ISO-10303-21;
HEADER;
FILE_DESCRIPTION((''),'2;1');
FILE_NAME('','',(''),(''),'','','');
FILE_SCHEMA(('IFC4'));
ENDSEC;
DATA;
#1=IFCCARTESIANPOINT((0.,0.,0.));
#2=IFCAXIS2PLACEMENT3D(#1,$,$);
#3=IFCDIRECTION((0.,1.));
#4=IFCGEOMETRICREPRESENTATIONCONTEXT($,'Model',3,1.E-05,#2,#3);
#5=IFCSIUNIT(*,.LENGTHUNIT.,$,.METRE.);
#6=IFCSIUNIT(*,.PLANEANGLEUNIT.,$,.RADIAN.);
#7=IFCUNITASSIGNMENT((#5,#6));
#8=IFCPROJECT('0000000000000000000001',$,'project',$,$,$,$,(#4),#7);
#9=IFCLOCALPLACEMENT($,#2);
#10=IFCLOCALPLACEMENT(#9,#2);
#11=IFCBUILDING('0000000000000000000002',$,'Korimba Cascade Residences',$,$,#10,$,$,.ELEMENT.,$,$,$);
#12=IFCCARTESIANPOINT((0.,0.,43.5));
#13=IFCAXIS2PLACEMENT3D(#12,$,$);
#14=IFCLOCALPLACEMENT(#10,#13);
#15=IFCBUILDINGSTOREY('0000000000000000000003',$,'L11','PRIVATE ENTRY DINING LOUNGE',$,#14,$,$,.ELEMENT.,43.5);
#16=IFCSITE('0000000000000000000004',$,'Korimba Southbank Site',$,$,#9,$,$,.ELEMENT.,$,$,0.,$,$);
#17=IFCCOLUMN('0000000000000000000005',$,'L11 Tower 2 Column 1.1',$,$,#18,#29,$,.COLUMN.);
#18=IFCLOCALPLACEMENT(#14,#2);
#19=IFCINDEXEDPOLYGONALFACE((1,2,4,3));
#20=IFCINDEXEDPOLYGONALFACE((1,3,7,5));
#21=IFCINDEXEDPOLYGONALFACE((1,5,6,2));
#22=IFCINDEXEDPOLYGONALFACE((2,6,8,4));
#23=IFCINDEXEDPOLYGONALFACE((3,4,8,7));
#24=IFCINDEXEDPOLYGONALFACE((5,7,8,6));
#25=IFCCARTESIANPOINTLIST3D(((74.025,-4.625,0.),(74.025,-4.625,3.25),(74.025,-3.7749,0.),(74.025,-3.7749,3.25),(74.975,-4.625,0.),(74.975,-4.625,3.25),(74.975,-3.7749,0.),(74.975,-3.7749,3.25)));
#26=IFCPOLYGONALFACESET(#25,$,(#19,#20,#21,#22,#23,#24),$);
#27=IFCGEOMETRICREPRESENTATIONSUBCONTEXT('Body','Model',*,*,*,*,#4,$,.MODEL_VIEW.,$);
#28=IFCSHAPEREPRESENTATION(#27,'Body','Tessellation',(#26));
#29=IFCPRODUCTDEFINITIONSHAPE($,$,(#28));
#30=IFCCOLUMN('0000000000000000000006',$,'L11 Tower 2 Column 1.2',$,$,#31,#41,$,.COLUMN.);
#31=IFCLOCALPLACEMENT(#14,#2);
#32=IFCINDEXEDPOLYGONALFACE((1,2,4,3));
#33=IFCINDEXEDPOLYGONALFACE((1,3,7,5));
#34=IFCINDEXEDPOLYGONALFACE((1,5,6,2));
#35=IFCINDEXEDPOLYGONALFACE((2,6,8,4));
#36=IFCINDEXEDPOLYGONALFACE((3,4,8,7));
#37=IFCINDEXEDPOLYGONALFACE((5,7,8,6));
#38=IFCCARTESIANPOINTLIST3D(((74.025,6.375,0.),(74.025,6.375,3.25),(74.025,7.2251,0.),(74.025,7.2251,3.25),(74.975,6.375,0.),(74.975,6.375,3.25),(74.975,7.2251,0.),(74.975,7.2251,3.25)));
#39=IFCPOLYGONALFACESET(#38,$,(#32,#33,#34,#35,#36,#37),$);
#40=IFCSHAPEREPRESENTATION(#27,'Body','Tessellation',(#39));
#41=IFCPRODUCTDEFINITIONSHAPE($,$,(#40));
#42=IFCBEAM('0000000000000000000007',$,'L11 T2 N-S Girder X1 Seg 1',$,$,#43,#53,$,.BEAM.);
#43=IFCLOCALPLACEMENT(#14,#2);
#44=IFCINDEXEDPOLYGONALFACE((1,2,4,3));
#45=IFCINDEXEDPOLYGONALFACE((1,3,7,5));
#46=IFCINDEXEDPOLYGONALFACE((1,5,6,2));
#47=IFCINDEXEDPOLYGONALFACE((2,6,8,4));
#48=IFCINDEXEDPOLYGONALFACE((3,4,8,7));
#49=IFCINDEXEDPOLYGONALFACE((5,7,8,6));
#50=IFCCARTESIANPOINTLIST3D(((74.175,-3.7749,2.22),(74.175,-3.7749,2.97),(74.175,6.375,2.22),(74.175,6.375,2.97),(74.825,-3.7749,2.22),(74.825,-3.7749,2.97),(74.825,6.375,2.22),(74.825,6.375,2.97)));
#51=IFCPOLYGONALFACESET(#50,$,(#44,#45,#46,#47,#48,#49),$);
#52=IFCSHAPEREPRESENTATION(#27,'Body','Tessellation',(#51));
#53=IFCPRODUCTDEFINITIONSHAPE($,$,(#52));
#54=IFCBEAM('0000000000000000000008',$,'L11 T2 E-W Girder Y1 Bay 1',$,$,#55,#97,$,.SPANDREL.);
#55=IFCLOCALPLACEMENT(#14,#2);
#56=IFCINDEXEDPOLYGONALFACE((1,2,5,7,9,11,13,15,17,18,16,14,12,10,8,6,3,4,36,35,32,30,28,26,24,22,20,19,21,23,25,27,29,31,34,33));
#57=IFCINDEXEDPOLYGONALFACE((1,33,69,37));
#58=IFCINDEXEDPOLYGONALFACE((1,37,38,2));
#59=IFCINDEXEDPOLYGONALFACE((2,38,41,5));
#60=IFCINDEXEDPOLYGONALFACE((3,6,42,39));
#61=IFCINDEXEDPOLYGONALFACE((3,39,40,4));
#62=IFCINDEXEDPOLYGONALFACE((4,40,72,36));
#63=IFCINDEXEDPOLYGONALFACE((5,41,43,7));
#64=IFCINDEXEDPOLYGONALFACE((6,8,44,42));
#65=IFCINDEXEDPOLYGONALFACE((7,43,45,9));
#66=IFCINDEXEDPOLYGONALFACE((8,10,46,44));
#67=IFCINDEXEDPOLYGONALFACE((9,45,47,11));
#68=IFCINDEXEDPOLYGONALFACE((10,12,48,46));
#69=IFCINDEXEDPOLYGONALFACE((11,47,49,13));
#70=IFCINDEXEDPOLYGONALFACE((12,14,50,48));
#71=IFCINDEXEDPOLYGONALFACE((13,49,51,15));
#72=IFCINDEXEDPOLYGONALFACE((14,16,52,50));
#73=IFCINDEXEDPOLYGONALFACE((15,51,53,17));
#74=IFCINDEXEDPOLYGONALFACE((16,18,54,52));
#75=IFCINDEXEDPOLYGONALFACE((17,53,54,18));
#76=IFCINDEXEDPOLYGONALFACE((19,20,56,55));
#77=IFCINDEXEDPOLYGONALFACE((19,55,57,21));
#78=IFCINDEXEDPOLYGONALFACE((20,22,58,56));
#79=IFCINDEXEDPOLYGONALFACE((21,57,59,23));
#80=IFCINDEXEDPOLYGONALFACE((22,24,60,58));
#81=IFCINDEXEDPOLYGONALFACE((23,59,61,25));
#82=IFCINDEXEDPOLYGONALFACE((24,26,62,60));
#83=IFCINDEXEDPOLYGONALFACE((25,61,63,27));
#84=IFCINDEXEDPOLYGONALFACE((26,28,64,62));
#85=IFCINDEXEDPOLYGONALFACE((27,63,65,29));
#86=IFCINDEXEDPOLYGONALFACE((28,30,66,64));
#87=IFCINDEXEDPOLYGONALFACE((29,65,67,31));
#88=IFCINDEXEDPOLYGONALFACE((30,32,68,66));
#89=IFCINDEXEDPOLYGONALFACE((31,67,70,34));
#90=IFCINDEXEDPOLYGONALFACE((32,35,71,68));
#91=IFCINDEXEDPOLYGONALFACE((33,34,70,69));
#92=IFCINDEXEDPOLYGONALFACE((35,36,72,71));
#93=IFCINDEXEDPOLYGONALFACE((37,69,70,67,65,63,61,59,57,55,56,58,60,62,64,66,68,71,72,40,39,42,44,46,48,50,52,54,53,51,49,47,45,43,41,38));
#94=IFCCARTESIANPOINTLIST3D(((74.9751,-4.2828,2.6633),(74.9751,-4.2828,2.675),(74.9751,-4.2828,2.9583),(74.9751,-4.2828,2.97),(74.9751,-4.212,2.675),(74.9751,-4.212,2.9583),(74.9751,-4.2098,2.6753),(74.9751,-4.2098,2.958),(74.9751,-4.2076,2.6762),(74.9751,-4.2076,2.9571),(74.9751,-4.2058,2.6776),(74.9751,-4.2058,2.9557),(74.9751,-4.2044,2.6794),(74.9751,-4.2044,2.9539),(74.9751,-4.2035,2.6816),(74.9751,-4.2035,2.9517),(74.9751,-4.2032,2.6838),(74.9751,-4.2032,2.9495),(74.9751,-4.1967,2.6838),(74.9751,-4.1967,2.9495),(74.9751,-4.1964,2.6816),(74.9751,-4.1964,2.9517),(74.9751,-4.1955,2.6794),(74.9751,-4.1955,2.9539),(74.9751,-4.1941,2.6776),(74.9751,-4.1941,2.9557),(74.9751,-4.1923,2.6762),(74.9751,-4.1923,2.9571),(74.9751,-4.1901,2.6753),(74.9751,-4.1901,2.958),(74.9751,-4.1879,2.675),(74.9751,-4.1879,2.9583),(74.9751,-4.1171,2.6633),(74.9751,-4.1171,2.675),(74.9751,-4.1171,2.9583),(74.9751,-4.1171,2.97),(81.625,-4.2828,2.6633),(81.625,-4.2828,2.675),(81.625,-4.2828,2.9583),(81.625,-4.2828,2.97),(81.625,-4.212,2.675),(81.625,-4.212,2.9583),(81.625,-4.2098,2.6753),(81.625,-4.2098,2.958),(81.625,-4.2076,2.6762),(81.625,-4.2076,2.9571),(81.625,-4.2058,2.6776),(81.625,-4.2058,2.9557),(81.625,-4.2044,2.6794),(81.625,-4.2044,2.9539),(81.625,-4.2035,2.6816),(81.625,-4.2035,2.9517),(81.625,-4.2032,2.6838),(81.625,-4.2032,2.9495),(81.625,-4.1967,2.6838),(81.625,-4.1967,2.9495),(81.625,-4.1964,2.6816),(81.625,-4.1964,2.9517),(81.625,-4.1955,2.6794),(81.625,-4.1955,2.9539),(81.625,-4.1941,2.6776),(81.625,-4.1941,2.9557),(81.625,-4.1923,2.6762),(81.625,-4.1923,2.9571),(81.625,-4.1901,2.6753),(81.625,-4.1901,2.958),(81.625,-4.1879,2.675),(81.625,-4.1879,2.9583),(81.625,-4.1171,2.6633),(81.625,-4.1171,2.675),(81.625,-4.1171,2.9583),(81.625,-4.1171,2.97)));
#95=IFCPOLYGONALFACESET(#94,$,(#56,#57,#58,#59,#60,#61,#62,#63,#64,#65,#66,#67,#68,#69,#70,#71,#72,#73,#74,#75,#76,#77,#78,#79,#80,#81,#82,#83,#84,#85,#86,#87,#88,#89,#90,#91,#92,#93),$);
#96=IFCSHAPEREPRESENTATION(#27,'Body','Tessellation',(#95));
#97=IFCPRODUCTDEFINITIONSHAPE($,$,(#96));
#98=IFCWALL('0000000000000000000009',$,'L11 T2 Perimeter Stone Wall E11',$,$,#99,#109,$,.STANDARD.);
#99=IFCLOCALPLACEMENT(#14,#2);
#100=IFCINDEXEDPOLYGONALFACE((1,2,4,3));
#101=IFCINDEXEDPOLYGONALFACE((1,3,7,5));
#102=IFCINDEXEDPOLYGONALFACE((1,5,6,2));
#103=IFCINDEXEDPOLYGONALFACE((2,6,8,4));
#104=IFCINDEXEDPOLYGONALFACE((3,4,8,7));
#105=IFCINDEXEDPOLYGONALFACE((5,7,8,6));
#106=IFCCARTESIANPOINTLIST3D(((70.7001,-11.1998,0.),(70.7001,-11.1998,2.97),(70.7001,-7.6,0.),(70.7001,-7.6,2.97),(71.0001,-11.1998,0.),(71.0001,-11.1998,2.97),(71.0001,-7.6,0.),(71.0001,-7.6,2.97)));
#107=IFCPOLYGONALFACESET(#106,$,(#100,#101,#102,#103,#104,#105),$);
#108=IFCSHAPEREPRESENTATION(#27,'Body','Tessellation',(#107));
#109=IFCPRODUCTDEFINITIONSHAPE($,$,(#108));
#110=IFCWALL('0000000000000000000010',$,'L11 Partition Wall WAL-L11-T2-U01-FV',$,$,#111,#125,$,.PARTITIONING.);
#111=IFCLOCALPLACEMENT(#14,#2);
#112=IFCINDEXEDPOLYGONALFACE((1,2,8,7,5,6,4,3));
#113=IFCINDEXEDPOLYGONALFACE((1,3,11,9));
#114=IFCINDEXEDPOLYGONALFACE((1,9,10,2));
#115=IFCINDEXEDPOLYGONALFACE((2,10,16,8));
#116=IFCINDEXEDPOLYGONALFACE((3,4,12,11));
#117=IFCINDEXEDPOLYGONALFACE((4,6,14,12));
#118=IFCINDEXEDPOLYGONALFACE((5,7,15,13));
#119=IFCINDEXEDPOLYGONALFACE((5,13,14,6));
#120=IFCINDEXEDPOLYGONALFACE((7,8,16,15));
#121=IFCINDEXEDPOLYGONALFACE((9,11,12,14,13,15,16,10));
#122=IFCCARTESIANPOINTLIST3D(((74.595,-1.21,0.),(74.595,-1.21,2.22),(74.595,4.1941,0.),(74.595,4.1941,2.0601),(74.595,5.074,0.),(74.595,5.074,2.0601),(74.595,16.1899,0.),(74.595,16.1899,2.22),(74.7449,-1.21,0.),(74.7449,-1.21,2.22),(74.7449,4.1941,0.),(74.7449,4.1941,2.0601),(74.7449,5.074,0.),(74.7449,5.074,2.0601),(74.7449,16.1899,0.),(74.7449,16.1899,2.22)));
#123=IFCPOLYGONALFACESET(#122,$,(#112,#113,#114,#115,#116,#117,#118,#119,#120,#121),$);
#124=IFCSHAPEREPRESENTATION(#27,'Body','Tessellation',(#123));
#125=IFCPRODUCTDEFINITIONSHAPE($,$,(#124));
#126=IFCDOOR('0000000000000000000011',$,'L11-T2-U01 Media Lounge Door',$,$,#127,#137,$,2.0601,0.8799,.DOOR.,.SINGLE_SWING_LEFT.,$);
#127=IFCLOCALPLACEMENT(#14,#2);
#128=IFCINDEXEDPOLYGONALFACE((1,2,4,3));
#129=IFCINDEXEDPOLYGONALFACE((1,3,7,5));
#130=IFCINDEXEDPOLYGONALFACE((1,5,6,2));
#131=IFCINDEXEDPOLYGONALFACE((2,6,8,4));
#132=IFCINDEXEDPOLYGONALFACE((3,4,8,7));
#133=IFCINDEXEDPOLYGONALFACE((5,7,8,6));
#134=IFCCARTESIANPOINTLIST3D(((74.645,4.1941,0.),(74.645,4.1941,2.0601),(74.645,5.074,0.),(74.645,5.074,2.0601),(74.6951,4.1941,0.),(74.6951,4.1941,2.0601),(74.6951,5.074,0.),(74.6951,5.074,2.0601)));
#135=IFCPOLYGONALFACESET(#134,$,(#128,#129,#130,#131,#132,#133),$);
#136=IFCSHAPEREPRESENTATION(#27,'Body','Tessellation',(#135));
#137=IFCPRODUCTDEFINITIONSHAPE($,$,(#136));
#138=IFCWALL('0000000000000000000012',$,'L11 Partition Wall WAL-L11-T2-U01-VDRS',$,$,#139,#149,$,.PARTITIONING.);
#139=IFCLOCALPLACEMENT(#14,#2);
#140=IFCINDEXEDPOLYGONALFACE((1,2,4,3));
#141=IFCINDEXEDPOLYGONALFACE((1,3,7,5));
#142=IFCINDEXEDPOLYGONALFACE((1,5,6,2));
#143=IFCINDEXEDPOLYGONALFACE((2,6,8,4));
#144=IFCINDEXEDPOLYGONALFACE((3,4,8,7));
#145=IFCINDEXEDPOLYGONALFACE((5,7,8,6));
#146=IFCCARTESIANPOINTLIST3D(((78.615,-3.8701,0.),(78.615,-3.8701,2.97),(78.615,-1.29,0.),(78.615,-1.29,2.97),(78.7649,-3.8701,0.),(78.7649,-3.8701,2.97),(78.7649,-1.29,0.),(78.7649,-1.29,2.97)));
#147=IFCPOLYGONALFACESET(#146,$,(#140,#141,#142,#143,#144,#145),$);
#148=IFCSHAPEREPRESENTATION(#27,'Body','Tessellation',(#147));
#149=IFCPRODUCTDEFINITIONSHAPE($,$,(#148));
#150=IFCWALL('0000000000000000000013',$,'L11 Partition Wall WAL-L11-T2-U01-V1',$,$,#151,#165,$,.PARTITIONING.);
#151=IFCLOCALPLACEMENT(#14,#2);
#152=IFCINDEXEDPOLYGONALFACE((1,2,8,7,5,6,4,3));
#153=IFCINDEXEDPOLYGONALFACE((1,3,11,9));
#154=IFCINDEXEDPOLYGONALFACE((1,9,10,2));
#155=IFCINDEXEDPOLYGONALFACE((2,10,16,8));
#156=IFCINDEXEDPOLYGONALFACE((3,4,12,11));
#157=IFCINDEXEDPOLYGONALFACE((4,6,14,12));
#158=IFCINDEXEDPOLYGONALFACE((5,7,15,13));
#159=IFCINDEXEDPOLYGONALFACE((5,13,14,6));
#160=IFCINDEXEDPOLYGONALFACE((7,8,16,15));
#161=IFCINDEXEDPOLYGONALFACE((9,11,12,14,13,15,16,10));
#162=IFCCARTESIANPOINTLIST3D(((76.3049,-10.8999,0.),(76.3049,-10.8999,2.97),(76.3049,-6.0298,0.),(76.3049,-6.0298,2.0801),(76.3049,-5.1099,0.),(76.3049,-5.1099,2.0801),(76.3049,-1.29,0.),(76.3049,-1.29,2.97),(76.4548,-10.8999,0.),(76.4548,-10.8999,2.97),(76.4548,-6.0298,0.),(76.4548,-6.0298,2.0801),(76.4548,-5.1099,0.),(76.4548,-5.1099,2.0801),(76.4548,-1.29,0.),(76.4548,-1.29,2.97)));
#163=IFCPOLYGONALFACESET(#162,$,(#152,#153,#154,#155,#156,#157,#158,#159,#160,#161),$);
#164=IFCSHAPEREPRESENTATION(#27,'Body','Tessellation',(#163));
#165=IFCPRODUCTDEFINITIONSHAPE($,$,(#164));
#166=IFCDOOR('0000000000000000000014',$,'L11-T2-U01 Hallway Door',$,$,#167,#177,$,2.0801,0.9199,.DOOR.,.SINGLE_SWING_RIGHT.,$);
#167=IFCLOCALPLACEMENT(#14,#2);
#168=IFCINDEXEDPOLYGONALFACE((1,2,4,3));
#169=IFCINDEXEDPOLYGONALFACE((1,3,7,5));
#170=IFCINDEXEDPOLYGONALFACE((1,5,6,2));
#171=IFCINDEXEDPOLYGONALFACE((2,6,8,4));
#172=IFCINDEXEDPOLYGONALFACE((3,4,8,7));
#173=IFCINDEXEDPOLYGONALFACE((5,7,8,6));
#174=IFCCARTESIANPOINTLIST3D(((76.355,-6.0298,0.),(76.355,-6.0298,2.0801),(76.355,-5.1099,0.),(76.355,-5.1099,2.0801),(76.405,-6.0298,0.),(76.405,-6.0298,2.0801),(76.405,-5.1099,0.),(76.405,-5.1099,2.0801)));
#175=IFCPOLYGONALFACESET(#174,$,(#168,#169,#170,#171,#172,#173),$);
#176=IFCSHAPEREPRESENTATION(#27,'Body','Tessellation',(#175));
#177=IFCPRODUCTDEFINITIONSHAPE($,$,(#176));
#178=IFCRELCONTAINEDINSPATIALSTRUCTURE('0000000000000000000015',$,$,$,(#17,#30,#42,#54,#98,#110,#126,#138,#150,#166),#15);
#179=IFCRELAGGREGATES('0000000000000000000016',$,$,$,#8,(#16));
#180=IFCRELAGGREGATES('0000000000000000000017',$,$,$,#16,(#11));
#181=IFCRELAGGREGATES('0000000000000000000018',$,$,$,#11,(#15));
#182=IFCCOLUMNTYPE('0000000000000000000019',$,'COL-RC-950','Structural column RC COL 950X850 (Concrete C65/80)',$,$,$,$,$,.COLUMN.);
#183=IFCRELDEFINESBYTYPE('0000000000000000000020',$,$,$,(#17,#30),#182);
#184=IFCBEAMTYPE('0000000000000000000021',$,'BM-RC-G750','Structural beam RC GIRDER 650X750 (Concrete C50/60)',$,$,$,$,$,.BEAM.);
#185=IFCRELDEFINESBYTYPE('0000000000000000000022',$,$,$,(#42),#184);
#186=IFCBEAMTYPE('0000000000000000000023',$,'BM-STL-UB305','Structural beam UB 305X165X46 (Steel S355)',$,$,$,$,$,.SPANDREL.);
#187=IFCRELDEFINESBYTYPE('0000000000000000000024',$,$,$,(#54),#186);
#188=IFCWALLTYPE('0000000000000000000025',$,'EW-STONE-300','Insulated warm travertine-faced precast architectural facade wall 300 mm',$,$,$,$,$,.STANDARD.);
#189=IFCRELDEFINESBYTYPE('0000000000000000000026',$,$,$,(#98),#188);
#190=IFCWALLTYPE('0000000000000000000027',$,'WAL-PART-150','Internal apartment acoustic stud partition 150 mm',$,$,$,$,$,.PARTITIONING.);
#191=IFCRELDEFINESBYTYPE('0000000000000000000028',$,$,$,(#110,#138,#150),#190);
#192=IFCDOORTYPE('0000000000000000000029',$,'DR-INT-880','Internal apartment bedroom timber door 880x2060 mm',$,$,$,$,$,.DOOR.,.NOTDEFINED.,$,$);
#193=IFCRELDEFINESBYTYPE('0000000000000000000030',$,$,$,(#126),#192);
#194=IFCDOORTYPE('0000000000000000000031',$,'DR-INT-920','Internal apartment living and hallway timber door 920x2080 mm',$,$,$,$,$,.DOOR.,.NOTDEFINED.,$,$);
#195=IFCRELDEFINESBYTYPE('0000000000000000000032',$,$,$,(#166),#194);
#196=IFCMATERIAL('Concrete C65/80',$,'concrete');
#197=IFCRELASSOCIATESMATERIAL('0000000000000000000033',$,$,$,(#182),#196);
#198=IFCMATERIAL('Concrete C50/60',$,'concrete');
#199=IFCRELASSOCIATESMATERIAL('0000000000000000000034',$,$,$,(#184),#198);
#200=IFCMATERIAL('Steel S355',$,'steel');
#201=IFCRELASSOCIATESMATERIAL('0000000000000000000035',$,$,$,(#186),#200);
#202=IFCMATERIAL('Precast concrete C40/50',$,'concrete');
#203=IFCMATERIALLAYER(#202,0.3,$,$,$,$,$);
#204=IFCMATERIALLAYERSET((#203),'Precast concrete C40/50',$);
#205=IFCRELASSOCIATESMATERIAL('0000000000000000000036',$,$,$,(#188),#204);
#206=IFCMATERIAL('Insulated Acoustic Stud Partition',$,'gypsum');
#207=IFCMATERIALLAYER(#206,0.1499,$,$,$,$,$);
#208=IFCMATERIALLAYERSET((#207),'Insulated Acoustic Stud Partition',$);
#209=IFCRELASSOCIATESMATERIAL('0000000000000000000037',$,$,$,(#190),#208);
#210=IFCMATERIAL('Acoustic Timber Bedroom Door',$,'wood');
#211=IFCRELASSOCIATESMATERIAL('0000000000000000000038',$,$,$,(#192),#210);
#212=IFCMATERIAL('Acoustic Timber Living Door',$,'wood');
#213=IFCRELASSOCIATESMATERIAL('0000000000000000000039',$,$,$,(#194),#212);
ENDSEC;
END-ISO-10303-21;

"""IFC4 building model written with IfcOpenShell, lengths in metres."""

from ifc_helpers import new_model, si_unit, direction, frame, frame_2d, origin, origin_2d, place, context, subcontext, project, spatial, rectangle, i_section, extrude, material, layer, layer_set, material_profile, profile_set, type_object, element, fill, save


model = new_model("IFC4")

# Units and contexts
model_context = context("Model", 3, precision=1e-05, world=origin(), true_north=direction((0.0, 1.0)))
body_context = subcontext(model_context, "Body", "Model", "MODEL_VIEW")
ifc_project = project(units=[si_unit("LENGTHUNIT", "METRE"), si_unit("PLANEANGLEUNIT", "RADIAN")], contexts=[model_context])

# Site, building, storey
site_placement = place(None, origin())
site = spatial("IfcSite", under=ifc_project, at=site_placement, Name="Korimba Southbank Site", CompositionType="ELEMENT", RefElevation=0.0)
building_placement = place(site_placement, origin())
building = spatial("IfcBuilding", under=site, at=building_placement, Name="Korimba Cascade Residences", CompositionType="ELEMENT")
storey_placement = place(building_placement, frame((0.0, 0.0, 43.5)))
storey = spatial("IfcBuildingStorey", under=building, at=storey_placement, Name="L11", Description="PRIVATE ENTRY DINING LOUNGE", CompositionType="ELEMENT", Elevation=43.5)

# Columns
ifc_material_1 = material(Name="Concrete C65/80", Category="concrete")
ifc_material_profile_1 = material_profile(ifc_material_1, rectangle(XDim=0.95, YDim=0.8501, at=origin_2d()), Name="Concrete C65/80")
ifc_profile_set_1 = profile_set([ifc_material_profile_1], Name="Concrete C65/80")
column_type = type_object("IfcColumnType", Name="COL-RC-950", Description="Structural column RC COL 950X850 (Concrete C65/80)", PredefinedType="COLUMN", material=ifc_profile_set_1)
for number, where, z_axis, x_axis, name in (
    (1, (74.5, -4.2, 0.0), (0.0, 0.0, 1.0), (1.0, 0.0, 0.0), "L11 Tower 2 Column 1.1"),
    (2, (74.5, 6.8, 0.0), (0.0, 0.0, 1.0), (1.0, 0.0, 0.0), "L11 Tower 2 Column 1.2"),
):
    element("IfcColumn", number, at=place(storey_placement, frame(where, z_axis=z_axis, x_axis=x_axis)), inside=storey, type_object=column_type, Name=name, PredefinedType="COLUMN", context=body_context, shape_type="SweptSolid", body=[
        extrude(rectangle(XDim=0.95, YDim=0.8501, at=origin_2d()), origin(), (0.0, 0.0, 1.0), 3.25),
    ])

# Beams
ifc_material_2 = material(Name="Concrete C50/60", Category="concrete")
ifc_material_profile_2 = material_profile(ifc_material_2, rectangle(XDim=0.6499, YDim=0.75, at=origin_2d()), Name="Concrete C50/60")
ifc_profile_set_2 = profile_set([ifc_material_profile_2], Name="Concrete C50/60")
beam_type_1 = type_object("IfcBeamType", Name="BM-RC-G750", Description="Structural beam RC GIRDER 650X750 (Concrete C50/60)", PredefinedType="BEAM", material=ifc_profile_set_2)
beam_1_placement = place(storey_placement, frame((74.5, -3.7749, 2.595), z_axis=(0.0, 1.0, 0.0), x_axis=(-1.0, 0.0, 0.0)))
element("IfcBeam", 3, at=beam_1_placement, inside=storey, type_object=beam_type_1, Name="L11 T2 N-S Girder X1 Seg 1", PredefinedType="BEAM", context=body_context, shape_type="SweptSolid", body=[
    extrude(rectangle(XDim=0.6499, YDim=0.75, at=origin_2d()), origin(), (0.0, 0.0, 1.0), 10.1499),
])
ifc_material_3 = material(Name="Steel S355", Category="steel")
ifc_material_profile_3 = material_profile(ifc_material_3, i_section(OverallWidth=0.1658, OverallDepth=0.3066, WebThickness=0.0066, FlangeThickness=0.0117, FilletRadius=0.0088, at=origin_2d()), Name="Steel S355")
ifc_profile_set_3 = profile_set([ifc_material_profile_3], Name="Steel S355")
beam_type_2 = type_object("IfcBeamType", Name="BM-STL-UB305", Description="Structural beam UB 305X165X46 (Steel S355)", PredefinedType="SPANDREL", material=ifc_profile_set_3)
beam_2_placement = place(storey_placement, frame((74.9751, -4.2, 2.8167), z_axis=(1.0, 0.0, 0.0), x_axis=(0.0, 1.0, 0.0)))
element("IfcBeam", 4, at=beam_2_placement, inside=storey, type_object=beam_type_2, Name="L11 T2 E-W Girder Y1 Bay 1", PredefinedType="SPANDREL", context=body_context, shape_type="SweptSolid", body=[
    extrude(i_section(OverallWidth=0.1658, OverallDepth=0.3066, WebThickness=0.0066, FlangeThickness=0.0117, FilletRadius=0.0088, at=origin_2d()), origin(), (0.0, 0.0, 1.0), 6.6499),
])

# Wall
ifc_material_4 = material(Name="Precast concrete C40/50", Category="concrete")
ifc_layer_1 = layer(ifc_material_4, 0.3)
ifc_layer_set_1 = layer_set([ifc_layer_1], Name="Precast concrete C40/50")
wall_type_1 = type_object("IfcWallType", Name="EW-STONE-300", Description="Insulated warm travertine-faced precast architectural facade wall 300 mm", PredefinedType="STANDARD", material=ifc_layer_set_1)
wall_1_placement = place(storey_placement, frame((70.8501, -7.6001, 0.0), z_axis=(0.0, 0.0, 1.0), x_axis=(0.0, -1.0, 0.0)))
element("IfcWall", 5, at=wall_1_placement, inside=storey, type_object=wall_type_1, Name="L11 T2 Perimeter Stone Wall E11", PredefinedType="STANDARD", context=body_context, shape_type="SweptSolid", body=[
    extrude(rectangle(XDim=3.5999, YDim=0.3, at=frame_2d((1.7998, 0.0))), origin(), (0.0, 0.0, 1.0), 2.97),
])

# Wall, opening, door
ifc_material_5 = material(Name="Insulated Acoustic Stud Partition", Category="gypsum")
ifc_layer_2 = layer(ifc_material_5, 0.1499)
ifc_layer_set_2 = layer_set([ifc_layer_2], Name="Insulated Acoustic Stud Partition")
wall_type_2 = type_object("IfcWallType", Name="WAL-PART-150", Description="Internal apartment acoustic stud partition 150 mm", PredefinedType="PARTITIONING", material=ifc_layer_set_2)
wall_2_placement = place(storey_placement, frame((74.6699, -1.21, 0.0), z_axis=(0.0, 0.0, 1.0), x_axis=(0.0, 1.0, 0.0)))
wall_2 = element("IfcWall", 6, at=wall_2_placement, inside=storey, type_object=wall_type_2, Name="L11 Partition Wall WAL-L11-T2-U01-FV", PredefinedType="PARTITIONING", context=body_context, shape_type="SweptSolid", body=[
    extrude(rectangle(XDim=17.3999, YDim=0.1499, at=frame_2d((8.7, 0.0))), origin(), (0.0, 0.0, 1.0), 2.22),
])
opening_1_placement = place(wall_2_placement, frame((5.4041, 0.0, 0.0)))
opening_1 = element("IfcOpeningElement", 7, at=opening_1_placement, cuts=wall_2, PredefinedType="OPENING", context=body_context, shape_type="SweptSolid", body=[
    extrude(rectangle(XDim=0.8799, YDim=2.0601, at=frame_2d((0.4399, 1.03))), frame((0.0, 0.085, 0.0), z_axis=(0.0, -1.0, 0.0), x_axis=(1.0, 0.0, 0.0)), (0.0, 0.0, 1.0), 0.1699),
])
ifc_material_6 = material(Name="Acoustic Timber Bedroom Door", Category="wood")
door_type_1 = type_object("IfcDoorType", Name="DR-INT-880", Description="Internal apartment bedroom timber door 880x2060 mm", OperationType="NOTDEFINED", PredefinedType="DOOR", material=ifc_material_6)
door_1_placement = place(opening_1_placement, origin())
door_1 = element("IfcDoor", 8, at=door_1_placement, inside=storey, type_object=door_type_1, Name="L11-T2-U01 Media Lounge Door", OperationType="SINGLE_SWING_LEFT", OverallHeight=2.0601, OverallWidth=0.8799, PredefinedType="DOOR", context=body_context, shape_type="SweptSolid", body=[
    extrude(rectangle(XDim=0.8799, YDim=2.0601, at=frame_2d((0.4399, 1.03))), frame((0.0, 0.0249, 0.0), z_axis=(0.0, -1.0, 0.0), x_axis=(1.0, 0.0, 0.0)), (0.0, 0.0, 1.0), 0.05),
])
fill(opening_1, door_1)

# Wall
wall_3_placement = place(storey_placement, frame((78.6899, -3.8701, 0.0), z_axis=(0.0, 0.0, 1.0), x_axis=(0.0, 1.0, 0.0)))
element("IfcWall", 9, at=wall_3_placement, inside=storey, type_object=wall_type_2, Name="L11 Partition Wall WAL-L11-T2-U01-VDRS", PredefinedType="PARTITIONING", context=body_context, shape_type="SweptSolid", body=[
    extrude(rectangle(XDim=2.5801, YDim=0.1499, at=frame_2d((1.29, 0.0))), origin(), (0.0, 0.0, 1.0), 2.97),
])

# Wall, opening, door
wall_4_placement = place(storey_placement, frame((76.3799, -10.8999, 0.0), z_axis=(0.0, 0.0, 1.0), x_axis=(0.0, 1.0, 0.0)))
wall_4 = element("IfcWall", 10, at=wall_4_placement, inside=storey, type_object=wall_type_2, Name="L11 Partition Wall WAL-L11-T2-U01-V1", PredefinedType="PARTITIONING", context=body_context, shape_type="SweptSolid", body=[
    extrude(rectangle(XDim=9.6099, YDim=0.1499, at=frame_2d((4.8049, 0.0))), origin(), (0.0, 0.0, 1.0), 2.97),
])
opening_2_placement = place(wall_4_placement, frame((4.8701, 0.0, 0.0)))
opening_2 = element("IfcOpeningElement", 11, at=opening_2_placement, cuts=wall_4, PredefinedType="OPENING", context=body_context, shape_type="SweptSolid", body=[
    extrude(rectangle(XDim=0.9199, YDim=2.0801, at=frame_2d((0.46, 1.04))), frame((0.0, 0.085, 0.0), z_axis=(0.0, -1.0, 0.0), x_axis=(1.0, 0.0, 0.0)), (0.0, 0.0, 1.0), 0.1699),
])
ifc_material_7 = material(Name="Acoustic Timber Living Door", Category="wood")
door_type_2 = type_object("IfcDoorType", Name="DR-INT-920", Description="Internal apartment living and hallway timber door 920x2080 mm", OperationType="NOTDEFINED", PredefinedType="DOOR", material=ifc_material_7)
door_2_placement = place(opening_2_placement, origin())
door_2 = element("IfcDoor", 12, at=door_2_placement, inside=storey, type_object=door_type_2, Name="L11-T2-U01 Hallway Door", OperationType="SINGLE_SWING_RIGHT", OverallHeight=2.0801, OverallWidth=0.9199, PredefinedType="DOOR", context=body_context, shape_type="SweptSolid", body=[
    extrude(rectangle(XDim=0.9199, YDim=2.0801, at=frame_2d((0.46, 1.04))), frame((0.0, 0.0249, 0.0), z_axis=(0.0, -1.0, 0.0), x_axis=(1.0, 0.0, 0.0)), (0.0, 0.0, 1.0), 0.05),
])
fill(opening_2, door_2)

save(model, "model.ifc")
